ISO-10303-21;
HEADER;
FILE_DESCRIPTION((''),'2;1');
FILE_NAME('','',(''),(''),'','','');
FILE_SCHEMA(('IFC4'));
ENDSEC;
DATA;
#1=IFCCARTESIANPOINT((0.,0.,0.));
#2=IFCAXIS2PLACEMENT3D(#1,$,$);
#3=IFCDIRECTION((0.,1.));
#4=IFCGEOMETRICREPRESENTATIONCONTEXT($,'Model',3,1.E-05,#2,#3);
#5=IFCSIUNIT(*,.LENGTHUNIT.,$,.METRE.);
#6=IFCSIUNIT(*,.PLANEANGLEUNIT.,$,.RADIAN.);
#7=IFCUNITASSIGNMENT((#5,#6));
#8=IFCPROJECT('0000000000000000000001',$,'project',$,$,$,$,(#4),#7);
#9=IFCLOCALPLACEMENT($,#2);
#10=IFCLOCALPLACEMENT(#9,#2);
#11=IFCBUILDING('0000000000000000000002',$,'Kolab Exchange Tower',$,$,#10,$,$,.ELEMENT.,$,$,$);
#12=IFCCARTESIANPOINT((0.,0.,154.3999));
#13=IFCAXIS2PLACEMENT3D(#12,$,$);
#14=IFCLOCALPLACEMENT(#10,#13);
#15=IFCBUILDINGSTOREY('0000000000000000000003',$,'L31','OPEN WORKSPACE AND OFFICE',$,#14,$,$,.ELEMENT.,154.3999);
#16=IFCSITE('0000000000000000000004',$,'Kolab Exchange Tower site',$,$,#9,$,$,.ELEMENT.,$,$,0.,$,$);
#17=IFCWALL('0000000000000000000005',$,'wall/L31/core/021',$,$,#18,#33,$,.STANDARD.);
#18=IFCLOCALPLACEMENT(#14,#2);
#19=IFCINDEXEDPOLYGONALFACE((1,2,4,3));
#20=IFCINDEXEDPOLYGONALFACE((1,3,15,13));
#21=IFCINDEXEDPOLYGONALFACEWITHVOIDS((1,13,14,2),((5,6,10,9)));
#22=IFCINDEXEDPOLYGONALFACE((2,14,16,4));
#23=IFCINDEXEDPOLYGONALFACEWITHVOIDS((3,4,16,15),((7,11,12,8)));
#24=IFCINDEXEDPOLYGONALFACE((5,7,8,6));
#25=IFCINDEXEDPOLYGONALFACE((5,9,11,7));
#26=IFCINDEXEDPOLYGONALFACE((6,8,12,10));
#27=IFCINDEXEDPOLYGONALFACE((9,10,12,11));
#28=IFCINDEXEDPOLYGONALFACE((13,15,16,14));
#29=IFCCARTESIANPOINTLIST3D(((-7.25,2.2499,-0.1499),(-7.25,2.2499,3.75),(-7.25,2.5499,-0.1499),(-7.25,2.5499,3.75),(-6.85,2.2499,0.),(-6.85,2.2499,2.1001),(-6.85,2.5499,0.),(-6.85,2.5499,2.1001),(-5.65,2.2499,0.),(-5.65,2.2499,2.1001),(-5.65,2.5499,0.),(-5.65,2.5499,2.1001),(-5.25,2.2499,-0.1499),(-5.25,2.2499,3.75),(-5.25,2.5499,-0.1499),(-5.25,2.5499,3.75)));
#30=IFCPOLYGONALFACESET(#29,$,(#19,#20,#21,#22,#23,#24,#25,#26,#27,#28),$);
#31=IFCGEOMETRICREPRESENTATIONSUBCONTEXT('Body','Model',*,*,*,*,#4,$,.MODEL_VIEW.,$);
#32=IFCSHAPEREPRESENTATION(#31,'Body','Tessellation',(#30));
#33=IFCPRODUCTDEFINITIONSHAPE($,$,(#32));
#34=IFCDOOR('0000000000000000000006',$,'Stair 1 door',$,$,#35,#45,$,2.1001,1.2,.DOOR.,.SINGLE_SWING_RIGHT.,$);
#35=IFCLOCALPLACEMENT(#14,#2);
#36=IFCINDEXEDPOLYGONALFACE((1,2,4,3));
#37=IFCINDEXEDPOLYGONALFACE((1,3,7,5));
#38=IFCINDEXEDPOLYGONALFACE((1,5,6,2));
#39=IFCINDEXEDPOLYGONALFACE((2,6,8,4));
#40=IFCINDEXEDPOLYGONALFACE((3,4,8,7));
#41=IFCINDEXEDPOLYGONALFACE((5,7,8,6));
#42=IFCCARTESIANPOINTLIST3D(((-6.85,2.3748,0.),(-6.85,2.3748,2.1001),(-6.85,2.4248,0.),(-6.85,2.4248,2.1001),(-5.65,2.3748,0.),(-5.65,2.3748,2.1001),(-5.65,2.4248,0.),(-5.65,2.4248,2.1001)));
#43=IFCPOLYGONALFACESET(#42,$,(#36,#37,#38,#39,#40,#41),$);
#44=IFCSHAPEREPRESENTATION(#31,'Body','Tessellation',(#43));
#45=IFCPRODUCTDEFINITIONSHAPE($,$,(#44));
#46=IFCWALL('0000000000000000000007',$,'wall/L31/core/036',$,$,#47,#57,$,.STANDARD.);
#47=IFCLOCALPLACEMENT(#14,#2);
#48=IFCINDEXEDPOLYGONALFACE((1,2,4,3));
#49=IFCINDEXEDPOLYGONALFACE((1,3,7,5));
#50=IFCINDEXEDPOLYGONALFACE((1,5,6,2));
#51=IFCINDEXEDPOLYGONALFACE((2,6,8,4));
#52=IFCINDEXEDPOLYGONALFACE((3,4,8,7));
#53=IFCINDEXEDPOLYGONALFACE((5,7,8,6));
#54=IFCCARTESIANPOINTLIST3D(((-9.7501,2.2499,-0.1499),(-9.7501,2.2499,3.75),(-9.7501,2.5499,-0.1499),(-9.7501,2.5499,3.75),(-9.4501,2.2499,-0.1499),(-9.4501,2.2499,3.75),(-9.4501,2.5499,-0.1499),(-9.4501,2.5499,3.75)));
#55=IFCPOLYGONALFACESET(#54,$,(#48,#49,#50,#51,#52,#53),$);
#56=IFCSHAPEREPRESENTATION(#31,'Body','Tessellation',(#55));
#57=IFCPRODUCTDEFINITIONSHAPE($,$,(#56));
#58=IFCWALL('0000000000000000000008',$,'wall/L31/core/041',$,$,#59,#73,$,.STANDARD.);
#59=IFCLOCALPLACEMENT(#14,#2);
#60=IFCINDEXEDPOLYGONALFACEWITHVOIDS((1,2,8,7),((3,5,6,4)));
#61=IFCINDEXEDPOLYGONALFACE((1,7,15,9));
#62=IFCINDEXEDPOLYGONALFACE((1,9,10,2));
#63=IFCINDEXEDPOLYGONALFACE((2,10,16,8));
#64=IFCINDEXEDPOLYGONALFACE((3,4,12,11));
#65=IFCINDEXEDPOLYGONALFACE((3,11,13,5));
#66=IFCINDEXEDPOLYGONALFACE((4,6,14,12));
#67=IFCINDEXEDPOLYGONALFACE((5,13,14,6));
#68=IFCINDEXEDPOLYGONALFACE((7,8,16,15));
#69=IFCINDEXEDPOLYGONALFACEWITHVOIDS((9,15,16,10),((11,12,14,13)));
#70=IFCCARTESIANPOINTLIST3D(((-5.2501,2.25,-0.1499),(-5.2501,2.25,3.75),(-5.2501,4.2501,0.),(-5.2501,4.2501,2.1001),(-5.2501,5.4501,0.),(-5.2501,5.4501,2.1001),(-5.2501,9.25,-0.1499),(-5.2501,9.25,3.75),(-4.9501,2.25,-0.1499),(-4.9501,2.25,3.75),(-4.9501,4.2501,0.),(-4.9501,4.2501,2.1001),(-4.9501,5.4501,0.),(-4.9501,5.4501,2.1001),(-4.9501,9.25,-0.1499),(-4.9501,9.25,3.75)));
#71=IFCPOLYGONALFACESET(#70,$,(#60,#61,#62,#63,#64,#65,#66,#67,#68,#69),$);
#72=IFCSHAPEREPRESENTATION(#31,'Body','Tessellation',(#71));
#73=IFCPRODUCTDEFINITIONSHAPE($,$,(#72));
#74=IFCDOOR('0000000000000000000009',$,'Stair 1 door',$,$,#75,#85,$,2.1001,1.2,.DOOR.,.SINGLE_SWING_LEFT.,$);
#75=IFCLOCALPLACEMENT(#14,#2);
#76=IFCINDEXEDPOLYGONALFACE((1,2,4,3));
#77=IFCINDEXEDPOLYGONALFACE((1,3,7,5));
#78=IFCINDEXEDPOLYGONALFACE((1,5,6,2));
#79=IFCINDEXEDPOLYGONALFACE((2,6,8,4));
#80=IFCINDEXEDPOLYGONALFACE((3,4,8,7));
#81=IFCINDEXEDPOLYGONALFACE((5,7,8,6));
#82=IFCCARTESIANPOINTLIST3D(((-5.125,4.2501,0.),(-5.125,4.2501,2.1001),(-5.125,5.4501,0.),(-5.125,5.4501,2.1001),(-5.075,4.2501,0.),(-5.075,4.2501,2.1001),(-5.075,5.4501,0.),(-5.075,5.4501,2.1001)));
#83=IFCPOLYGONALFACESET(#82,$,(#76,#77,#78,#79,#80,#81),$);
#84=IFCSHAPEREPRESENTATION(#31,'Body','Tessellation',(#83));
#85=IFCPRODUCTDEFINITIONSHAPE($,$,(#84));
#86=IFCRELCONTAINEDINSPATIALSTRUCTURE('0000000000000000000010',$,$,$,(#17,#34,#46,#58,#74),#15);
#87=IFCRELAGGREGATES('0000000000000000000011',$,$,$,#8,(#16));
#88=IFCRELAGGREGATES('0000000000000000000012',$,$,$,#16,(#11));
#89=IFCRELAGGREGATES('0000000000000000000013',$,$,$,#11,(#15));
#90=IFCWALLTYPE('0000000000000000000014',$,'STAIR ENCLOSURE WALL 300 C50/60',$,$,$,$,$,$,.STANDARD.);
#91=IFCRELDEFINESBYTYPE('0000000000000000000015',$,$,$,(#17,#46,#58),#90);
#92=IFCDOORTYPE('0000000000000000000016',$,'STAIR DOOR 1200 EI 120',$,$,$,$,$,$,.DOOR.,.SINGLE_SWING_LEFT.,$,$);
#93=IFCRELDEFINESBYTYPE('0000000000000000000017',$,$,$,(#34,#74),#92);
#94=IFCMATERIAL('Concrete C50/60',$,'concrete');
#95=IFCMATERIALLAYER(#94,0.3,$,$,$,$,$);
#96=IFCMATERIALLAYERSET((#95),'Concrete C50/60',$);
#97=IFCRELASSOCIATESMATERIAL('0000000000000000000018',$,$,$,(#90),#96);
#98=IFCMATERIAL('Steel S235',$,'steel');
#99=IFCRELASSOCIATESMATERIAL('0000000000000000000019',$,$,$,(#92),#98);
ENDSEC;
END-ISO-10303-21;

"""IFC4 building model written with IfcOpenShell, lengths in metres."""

from ifc_helpers import new_model, si_unit, direction, frame, frame_2d, origin, place, context, subcontext, project, spatial, rectangle, extrude, material, layer, layer_set, type_object, element, fill, save


model = new_model("IFC4")

# Units and contexts
model_context = context("Model", 3, precision=1e-05, world=origin(), true_north=direction((0.0, 1.0)))
body_context = subcontext(model_context, "Body", "Model", "MODEL_VIEW")
ifc_project = project(units=[si_unit("LENGTHUNIT", "METRE"), si_unit("PLANEANGLEUNIT", "RADIAN")], contexts=[model_context])

# Site, building, storey
site_placement = place(None, origin())
site = spatial("IfcSite", under=ifc_project, at=site_placement, Name="Kolab Exchange Tower site", CompositionType="ELEMENT", RefElevation=0.0)
building_placement = place(site_placement, origin())
building = spatial("IfcBuilding", under=site, at=building_placement, Name="Kolab Exchange Tower", CompositionType="ELEMENT")
storey_placement = place(building_placement, frame((0.0, 0.0, 154.3999)))
storey = spatial("IfcBuildingStorey", under=building, at=storey_placement, Name="L31", Description="OPEN WORKSPACE AND OFFICE", CompositionType="ELEMENT", Elevation=154.3999)

# Shared definitions
ifc_material_1 = material(Name="Concrete C50/60", Category="concrete")

# Shared definitions
ifc_material_2 = material(Name="Steel S235", Category="steel")

# Shared definitions
ifc_layer_1 = layer(ifc_material_1, 0.3)
ifc_layer_set_1 = layer_set([ifc_layer_1], Name="Concrete C50/60")
wall_type_1 = type_object("IfcWallType", Name="STAIR ENCLOSURE WALL 300 C50/60", PredefinedType="STANDARD", material=ifc_layer_set_1)

# Wall, opening, door
wall_1_placement = place(storey_placement, frame((-7.25, 2.3999, -0.1499), z_axis=(0.0, 0.0, 1.0), x_axis=(1.0, 0.0, 0.0)))
wall_1 = element("IfcWall", 1, at=wall_1_placement, inside=storey, type_object=wall_type_1, Name="wall/L31/core/021", PredefinedType="STANDARD", context=body_context, shape_type="SweptSolid", body=[
    extrude(rectangle(XDim=2.0, YDim=0.3, at=frame_2d((1.0, 0.0))), origin(), (0.0, 0.0, 1.0), 3.8999),
])
opening_1_placement = place(wall_1_placement, frame((0.3999, 0.0, 0.1499)))
opening_1 = element("IfcOpeningElement", 2, at=opening_1_placement, cuts=wall_1, PredefinedType="OPENING", context=body_context, shape_type="SweptSolid", body=[
    extrude(rectangle(XDim=1.2, YDim=2.1001, at=frame_2d((0.6001, 1.05))), frame((0.0, 0.1602, 0.0), z_axis=(0.0, -1.0, 0.0), x_axis=(1.0, 0.0, 0.0)), (0.0, 0.0, 1.0), 0.3201),
])
door_type_1 = type_object("IfcDoorType", Name="STAIR DOOR 1200 EI 120", OperationType="SINGLE_SWING_LEFT", PredefinedType="DOOR", material=ifc_material_2)
door_1_placement = place(opening_1_placement, origin())
door_1 = element("IfcDoor", 3, at=door_1_placement, inside=storey, type_object=door_type_1, Name="Stair 1 door", OperationType="SINGLE_SWING_RIGHT", OverallHeight=2.1001, OverallWidth=1.2, PredefinedType="DOOR", context=body_context, shape_type="SweptSolid", body=[
    extrude(rectangle(XDim=1.2, YDim=2.1001, at=frame_2d((0.6001, 1.05))), frame((0.0, 0.0249, 0.0), z_axis=(0.0, -1.0, 0.0), x_axis=(1.0, 0.0, 0.0)), (0.0, 0.0, 1.0), 0.05),
])
fill(opening_1, door_1)

# Wall
wall_2_placement = place(storey_placement, frame((-9.6001, 2.25, -0.1499), z_axis=(0.0, 0.0, 1.0), x_axis=(0.0, 1.0, 0.0)))
element("IfcWall", 4, at=wall_2_placement, inside=storey, type_object=wall_type_1, Name="wall/L31/core/036", PredefinedType="STANDARD", context=body_context, shape_type="SweptSolid", body=[
    extrude(rectangle(XDim=0.3, YDim=0.3, at=frame_2d((0.1499, 0.0))), origin(), (0.0, 0.0, 1.0), 3.8999),
])

# Wall, opening, door
wall_3_placement = place(storey_placement, frame((-5.1001, 2.25, -0.1499), z_axis=(0.0, 0.0, 1.0), x_axis=(0.0, 1.0, 0.0)))
wall_3 = element("IfcWall", 5, at=wall_3_placement, inside=storey, type_object=wall_type_1, Name="wall/L31/core/041", PredefinedType="STANDARD", context=body_context, shape_type="SweptSolid", body=[
    extrude(rectangle(XDim=7.0, YDim=0.3, at=frame_2d((3.5, 0.0))), origin(), (0.0, 0.0, 1.0), 3.8999),
])
opening_2_placement = place(wall_3_placement, frame((2.0, 0.0, 0.1499)))
opening_2 = element("IfcOpeningElement", 6, at=opening_2_placement, cuts=wall_3, PredefinedType="OPENING", context=body_context, shape_type="SweptSolid", body=[
    extrude(rectangle(XDim=1.2, YDim=2.1001, at=frame_2d((0.6001, 1.05))), frame((0.0, 0.1602, 0.0), z_axis=(0.0, -1.0, 0.0), x_axis=(1.0, 0.0, 0.0)), (0.0, 0.0, 1.0), 0.3201),
])
door_2_placement = place(opening_2_placement, origin())
door_2 = element("IfcDoor", 7, at=door_2_placement, inside=storey, type_object=door_type_1, Name="Stair 1 door", OperationType="SINGLE_SWING_LEFT", OverallHeight=2.1001, OverallWidth=1.2, PredefinedType="DOOR", context=body_context, shape_type="SweptSolid", body=[
    extrude(rectangle(XDim=1.2, YDim=2.1001, at=frame_2d((0.6001, 1.05))), frame((0.0, 0.0249, 0.0), z_axis=(0.0, -1.0, 0.0), x_axis=(1.0, 0.0, 0.0)), (0.0, 0.0, 1.0), 0.05),
])
fill(opening_2, door_2)

save(model, "model.ifc")
